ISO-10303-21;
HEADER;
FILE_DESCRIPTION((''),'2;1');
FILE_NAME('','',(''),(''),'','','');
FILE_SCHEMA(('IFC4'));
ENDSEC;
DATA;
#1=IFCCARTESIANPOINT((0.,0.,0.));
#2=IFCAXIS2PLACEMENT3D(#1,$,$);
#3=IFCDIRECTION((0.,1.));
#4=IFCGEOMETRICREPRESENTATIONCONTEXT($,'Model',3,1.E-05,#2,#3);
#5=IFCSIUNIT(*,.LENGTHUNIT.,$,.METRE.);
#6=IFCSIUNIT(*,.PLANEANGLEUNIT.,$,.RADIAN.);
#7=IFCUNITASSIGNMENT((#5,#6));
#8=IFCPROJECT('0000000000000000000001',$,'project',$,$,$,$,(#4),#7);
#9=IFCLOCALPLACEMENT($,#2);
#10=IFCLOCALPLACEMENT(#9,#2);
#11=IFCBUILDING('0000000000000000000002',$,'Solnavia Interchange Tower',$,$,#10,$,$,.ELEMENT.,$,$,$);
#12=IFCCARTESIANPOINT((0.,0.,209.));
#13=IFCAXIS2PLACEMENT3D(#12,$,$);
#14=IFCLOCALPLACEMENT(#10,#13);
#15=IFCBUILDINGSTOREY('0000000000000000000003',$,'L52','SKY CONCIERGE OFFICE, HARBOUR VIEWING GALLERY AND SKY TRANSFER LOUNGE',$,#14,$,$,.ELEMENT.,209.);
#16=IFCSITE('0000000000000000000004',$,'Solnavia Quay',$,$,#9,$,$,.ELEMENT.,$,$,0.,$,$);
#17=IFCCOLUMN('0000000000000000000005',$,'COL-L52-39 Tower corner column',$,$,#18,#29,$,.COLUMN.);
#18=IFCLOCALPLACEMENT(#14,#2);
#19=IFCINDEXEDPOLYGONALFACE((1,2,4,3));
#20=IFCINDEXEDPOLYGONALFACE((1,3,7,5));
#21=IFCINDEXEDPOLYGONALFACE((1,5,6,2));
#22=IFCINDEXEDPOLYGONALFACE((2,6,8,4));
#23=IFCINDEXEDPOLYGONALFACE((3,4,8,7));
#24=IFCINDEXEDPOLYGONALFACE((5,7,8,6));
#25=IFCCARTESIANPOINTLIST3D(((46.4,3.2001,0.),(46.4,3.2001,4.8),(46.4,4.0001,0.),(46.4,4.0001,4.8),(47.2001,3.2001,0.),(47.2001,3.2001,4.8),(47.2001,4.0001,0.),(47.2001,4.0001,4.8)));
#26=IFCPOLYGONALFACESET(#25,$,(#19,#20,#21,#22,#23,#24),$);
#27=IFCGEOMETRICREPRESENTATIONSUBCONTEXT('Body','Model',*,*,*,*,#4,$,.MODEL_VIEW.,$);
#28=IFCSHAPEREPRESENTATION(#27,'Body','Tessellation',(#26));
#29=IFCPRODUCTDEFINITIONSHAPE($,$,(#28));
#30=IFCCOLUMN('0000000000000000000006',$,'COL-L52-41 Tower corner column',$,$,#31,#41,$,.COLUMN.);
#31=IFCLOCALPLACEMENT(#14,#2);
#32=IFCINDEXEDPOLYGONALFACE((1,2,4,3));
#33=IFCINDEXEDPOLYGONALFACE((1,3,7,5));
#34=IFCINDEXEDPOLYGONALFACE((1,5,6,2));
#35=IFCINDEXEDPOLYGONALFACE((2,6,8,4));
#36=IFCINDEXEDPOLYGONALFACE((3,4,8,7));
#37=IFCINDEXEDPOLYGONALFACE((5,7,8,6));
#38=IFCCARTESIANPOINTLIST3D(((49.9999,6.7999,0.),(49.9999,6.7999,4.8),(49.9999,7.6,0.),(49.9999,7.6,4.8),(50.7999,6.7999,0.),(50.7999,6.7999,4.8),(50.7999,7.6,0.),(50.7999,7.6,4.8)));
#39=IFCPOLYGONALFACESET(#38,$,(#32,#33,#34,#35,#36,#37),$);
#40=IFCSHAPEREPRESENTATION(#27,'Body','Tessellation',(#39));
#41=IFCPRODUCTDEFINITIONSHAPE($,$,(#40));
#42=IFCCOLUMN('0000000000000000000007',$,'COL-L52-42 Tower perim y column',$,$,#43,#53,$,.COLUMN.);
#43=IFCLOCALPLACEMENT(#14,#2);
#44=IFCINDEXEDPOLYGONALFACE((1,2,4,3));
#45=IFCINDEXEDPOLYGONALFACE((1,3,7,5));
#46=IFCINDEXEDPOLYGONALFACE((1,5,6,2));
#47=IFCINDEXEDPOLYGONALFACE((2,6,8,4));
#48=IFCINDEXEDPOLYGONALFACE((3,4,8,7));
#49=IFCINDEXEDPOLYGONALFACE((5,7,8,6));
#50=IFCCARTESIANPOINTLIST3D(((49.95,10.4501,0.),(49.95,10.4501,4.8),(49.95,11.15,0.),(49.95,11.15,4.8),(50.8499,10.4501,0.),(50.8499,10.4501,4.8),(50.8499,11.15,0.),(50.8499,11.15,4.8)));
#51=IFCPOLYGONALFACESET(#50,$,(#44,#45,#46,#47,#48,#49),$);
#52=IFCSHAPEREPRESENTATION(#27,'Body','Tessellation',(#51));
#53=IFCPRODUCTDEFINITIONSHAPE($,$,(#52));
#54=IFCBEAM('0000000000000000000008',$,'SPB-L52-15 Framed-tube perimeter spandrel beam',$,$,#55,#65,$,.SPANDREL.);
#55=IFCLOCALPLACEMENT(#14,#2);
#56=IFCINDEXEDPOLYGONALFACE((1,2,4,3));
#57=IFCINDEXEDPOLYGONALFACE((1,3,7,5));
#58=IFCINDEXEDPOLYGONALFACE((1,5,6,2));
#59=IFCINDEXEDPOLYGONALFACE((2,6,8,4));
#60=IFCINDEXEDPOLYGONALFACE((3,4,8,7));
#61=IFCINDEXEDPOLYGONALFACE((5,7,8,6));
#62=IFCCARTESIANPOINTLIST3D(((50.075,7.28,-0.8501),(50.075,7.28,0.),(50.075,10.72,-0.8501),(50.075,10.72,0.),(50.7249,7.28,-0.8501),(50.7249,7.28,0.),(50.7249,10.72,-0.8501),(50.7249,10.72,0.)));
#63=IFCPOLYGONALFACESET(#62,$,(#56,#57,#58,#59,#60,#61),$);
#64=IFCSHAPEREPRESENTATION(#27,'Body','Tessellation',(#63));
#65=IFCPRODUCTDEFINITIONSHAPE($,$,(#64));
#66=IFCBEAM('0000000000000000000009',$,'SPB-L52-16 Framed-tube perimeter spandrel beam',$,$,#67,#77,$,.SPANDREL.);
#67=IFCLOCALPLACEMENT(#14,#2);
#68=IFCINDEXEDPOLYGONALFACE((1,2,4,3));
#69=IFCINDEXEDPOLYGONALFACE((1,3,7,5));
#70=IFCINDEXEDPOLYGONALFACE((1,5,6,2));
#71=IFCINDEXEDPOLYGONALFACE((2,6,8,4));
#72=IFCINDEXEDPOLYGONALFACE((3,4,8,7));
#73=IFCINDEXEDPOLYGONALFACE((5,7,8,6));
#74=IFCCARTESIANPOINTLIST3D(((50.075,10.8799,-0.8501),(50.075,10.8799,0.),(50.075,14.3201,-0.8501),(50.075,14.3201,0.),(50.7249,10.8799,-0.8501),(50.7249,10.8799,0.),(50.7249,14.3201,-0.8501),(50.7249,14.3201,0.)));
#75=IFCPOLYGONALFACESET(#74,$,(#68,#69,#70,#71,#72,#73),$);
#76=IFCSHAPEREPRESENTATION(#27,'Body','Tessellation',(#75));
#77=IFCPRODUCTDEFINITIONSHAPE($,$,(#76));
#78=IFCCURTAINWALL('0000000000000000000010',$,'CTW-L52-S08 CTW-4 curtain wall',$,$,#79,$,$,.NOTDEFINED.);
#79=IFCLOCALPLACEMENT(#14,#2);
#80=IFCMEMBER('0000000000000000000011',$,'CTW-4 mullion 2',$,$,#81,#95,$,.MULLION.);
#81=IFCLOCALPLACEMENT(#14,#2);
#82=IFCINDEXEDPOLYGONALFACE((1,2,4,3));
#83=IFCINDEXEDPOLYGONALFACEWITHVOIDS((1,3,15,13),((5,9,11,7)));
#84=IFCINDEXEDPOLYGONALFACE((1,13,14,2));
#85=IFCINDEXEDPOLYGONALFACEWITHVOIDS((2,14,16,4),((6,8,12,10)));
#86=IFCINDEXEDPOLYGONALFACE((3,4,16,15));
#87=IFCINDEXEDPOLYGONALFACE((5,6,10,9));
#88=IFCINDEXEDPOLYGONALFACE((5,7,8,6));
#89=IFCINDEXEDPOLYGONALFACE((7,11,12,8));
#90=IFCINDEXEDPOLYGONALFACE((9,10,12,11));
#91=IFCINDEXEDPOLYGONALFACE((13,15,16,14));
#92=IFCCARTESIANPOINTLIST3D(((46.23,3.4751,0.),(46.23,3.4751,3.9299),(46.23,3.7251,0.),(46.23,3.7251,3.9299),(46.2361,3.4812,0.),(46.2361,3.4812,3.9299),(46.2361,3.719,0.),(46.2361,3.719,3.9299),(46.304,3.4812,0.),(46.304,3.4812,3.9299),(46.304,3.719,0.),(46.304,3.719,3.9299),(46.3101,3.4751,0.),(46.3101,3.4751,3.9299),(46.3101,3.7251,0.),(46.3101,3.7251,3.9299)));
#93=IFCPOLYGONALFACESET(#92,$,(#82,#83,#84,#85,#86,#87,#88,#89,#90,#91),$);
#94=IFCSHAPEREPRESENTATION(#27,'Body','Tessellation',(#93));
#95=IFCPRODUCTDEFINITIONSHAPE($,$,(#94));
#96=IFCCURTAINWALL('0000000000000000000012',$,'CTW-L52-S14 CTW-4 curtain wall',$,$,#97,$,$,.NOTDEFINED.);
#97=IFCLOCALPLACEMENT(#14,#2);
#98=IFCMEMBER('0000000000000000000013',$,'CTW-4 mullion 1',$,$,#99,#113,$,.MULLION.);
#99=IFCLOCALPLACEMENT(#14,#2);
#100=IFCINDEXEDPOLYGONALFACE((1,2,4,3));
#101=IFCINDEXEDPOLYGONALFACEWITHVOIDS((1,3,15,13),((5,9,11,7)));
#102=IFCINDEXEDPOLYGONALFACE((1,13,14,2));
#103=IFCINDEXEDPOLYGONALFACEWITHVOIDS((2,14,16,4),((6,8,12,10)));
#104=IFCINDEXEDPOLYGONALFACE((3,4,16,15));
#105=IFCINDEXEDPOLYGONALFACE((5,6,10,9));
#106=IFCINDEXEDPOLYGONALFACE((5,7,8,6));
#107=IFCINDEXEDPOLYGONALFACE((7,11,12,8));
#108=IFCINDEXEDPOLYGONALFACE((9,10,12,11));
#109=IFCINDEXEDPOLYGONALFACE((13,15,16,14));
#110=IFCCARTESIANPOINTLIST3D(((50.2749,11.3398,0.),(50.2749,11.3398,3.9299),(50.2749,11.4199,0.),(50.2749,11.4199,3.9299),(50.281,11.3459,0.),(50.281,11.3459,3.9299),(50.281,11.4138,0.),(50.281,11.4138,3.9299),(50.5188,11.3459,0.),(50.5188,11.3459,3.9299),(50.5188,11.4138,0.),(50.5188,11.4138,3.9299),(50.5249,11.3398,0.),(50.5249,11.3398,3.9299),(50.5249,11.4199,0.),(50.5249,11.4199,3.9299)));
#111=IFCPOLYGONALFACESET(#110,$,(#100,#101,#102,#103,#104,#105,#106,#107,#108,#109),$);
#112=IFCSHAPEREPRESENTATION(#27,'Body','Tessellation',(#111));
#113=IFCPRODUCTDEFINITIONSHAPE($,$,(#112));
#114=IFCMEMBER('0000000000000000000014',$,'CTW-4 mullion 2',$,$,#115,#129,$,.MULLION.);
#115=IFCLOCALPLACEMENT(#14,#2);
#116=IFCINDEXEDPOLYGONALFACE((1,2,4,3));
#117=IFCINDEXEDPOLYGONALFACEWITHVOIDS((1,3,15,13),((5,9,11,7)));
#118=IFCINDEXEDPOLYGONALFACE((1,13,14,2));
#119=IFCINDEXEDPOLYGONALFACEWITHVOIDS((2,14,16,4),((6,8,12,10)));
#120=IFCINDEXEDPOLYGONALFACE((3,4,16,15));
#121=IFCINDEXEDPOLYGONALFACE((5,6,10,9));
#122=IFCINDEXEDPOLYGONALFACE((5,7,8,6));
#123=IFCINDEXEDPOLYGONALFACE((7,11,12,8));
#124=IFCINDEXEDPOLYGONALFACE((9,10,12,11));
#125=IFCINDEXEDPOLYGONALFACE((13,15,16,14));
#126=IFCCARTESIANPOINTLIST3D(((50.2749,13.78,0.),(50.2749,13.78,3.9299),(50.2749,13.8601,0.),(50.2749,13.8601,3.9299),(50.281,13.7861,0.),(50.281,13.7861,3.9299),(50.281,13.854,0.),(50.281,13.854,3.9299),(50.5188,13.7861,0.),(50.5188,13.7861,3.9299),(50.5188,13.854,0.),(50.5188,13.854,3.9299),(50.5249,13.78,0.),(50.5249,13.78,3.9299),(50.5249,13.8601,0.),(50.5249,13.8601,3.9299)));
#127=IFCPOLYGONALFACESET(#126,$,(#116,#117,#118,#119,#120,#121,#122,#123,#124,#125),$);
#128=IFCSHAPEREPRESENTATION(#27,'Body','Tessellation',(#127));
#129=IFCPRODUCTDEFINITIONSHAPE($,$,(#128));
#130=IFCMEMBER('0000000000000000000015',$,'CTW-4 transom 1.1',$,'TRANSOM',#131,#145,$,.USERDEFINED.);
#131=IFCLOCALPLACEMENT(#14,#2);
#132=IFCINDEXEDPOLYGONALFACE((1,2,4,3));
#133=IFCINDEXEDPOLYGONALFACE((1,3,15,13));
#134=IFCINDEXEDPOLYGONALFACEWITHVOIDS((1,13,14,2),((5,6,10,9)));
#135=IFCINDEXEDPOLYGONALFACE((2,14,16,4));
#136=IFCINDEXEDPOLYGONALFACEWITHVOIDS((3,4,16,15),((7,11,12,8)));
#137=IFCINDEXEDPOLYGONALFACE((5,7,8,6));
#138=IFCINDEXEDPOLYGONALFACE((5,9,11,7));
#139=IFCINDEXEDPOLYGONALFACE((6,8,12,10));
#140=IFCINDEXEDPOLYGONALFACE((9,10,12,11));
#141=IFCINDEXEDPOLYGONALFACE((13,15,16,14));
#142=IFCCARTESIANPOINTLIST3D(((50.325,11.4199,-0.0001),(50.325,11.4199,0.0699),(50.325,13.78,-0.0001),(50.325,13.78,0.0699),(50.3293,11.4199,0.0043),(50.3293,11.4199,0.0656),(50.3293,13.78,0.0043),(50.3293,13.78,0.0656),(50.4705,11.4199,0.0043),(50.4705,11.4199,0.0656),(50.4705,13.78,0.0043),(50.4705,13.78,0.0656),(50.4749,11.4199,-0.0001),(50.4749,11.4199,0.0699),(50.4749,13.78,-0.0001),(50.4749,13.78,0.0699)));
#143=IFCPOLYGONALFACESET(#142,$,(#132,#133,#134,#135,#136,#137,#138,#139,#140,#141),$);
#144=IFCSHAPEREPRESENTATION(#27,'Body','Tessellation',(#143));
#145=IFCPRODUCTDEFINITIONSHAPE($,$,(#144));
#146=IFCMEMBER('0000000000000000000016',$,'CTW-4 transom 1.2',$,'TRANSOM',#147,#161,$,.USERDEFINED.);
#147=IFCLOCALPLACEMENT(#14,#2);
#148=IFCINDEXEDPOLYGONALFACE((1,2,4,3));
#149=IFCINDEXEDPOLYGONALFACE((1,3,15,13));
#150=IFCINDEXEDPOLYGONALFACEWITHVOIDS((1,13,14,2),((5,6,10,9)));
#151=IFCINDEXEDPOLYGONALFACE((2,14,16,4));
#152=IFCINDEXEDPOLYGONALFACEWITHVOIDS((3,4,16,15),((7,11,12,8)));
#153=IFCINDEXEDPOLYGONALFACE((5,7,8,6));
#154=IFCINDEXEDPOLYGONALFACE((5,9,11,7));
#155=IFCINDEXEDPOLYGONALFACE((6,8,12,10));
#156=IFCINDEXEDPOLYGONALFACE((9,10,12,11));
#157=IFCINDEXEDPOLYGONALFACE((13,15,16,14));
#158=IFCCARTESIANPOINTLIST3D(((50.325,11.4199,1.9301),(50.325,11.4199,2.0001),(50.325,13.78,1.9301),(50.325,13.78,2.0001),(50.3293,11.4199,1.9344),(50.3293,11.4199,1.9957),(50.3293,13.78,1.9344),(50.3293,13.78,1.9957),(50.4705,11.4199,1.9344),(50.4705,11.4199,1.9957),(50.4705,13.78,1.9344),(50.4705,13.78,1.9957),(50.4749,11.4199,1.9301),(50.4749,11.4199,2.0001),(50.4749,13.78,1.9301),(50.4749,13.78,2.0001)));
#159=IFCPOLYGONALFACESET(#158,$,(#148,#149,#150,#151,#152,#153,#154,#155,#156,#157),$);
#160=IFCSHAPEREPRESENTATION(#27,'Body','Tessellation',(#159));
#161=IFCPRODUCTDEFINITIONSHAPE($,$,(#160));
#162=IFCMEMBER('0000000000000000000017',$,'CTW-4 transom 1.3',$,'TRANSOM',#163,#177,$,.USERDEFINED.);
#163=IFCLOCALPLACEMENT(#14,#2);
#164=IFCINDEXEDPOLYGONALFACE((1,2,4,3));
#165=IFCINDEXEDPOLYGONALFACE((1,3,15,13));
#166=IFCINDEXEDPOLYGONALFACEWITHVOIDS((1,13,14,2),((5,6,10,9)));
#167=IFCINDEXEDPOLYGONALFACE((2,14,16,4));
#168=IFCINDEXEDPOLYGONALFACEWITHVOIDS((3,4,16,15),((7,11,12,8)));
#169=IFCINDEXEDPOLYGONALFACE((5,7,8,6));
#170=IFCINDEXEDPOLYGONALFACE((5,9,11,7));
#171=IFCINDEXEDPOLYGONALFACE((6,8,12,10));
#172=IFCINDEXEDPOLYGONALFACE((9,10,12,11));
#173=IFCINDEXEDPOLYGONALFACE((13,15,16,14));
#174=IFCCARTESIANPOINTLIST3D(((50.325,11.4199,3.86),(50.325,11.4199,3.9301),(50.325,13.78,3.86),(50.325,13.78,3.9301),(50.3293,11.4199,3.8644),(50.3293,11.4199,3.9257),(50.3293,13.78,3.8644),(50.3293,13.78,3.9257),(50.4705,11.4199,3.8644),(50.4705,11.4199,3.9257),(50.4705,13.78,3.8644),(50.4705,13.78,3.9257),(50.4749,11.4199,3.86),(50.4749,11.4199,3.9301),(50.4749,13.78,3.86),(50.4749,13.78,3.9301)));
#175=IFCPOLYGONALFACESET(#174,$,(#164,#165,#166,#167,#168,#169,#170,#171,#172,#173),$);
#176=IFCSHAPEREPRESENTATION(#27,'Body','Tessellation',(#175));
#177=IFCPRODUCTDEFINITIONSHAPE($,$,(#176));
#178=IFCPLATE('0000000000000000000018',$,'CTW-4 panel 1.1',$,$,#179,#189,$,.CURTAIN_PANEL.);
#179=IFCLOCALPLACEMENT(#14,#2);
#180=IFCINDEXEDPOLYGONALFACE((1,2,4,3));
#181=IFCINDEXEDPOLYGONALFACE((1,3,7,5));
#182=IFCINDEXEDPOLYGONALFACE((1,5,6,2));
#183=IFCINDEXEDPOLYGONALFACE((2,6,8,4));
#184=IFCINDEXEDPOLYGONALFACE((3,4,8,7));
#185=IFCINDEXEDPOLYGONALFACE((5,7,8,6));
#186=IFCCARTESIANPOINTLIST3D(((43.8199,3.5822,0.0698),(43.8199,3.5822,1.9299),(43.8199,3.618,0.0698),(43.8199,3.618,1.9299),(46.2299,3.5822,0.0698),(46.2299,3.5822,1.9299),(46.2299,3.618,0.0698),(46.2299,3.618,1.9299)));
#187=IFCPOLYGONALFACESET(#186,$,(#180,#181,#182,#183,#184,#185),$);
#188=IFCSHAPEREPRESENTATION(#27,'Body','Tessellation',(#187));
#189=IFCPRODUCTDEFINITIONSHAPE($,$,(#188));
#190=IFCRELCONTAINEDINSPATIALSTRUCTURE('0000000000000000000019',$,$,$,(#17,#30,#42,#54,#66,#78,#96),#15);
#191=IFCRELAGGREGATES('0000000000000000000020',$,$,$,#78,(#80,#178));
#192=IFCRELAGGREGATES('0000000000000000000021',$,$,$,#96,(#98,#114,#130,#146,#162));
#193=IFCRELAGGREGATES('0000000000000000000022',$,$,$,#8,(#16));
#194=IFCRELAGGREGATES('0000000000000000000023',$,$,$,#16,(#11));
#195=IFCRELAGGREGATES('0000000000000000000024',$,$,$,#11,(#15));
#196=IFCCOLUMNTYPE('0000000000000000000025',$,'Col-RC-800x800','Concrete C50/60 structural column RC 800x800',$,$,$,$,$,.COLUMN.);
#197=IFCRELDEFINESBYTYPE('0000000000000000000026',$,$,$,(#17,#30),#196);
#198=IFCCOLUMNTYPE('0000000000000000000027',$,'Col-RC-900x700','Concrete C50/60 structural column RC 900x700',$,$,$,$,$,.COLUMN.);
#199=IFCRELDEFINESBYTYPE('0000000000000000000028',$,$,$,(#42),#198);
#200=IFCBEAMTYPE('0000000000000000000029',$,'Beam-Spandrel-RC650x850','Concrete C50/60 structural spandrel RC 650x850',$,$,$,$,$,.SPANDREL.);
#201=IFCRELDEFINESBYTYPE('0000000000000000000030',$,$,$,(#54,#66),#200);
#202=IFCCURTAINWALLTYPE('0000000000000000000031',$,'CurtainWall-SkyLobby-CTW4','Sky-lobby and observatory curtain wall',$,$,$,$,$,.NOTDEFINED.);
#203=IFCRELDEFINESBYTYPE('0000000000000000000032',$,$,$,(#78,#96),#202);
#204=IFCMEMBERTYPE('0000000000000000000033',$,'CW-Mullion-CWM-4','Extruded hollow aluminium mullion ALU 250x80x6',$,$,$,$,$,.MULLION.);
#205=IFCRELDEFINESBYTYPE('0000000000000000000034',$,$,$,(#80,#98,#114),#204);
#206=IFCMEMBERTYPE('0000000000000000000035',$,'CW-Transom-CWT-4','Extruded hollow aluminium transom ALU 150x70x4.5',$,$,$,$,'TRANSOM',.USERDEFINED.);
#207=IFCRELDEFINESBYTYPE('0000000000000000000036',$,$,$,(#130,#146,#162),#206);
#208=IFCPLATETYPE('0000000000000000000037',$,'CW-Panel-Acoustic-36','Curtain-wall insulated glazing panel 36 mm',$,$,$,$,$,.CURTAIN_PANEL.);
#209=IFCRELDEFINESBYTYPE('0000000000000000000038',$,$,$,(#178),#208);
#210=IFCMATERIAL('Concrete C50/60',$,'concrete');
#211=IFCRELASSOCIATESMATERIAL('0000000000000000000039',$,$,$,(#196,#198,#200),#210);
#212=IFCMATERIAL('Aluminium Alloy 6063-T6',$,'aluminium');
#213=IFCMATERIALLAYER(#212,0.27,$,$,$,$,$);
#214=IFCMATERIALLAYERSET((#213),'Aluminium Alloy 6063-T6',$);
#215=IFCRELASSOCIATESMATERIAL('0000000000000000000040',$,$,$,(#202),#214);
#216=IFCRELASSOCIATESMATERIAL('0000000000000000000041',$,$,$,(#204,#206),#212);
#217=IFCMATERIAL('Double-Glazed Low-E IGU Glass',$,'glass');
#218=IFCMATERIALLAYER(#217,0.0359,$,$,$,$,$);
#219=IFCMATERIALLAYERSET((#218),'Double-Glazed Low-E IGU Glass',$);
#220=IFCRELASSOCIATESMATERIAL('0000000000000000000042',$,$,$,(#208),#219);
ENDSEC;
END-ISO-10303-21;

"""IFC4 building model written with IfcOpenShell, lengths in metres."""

from ifc_helpers import new_model, si_unit, direction, frame, origin, origin_2d, place, context, subcontext, project, spatial, rectangle, hollow_rectangle, extrude, material, layer, layer_set, material_profile, profile_set, type_object, element, aggregate, save


model = new_model("IFC4")

# Units and contexts
model_context = context("Model", 3, precision=1e-05, world=origin(), true_north=direction((0.0, 1.0)))
body_context = subcontext(model_context, "Body", "Model", "MODEL_VIEW")
ifc_project = project(units=[si_unit("LENGTHUNIT", "METRE"), si_unit("PLANEANGLEUNIT", "RADIAN")], contexts=[model_context])

# Site, building, storey
site_placement = place(None, origin())
site = spatial("IfcSite", under=ifc_project, at=site_placement, Name="Solnavia Quay", CompositionType="ELEMENT", RefElevation=0.0)
building_placement = place(site_placement, origin())
building = spatial("IfcBuilding", under=site, at=building_placement, Name="Solnavia Interchange Tower", CompositionType="ELEMENT")
storey_placement = place(building_placement, frame((0.0, 0.0, 209.0)))
storey = spatial("IfcBuildingStorey", under=building, at=storey_placement, Name="L52", Description="SKY CONCIERGE OFFICE, HARBOUR VIEWING GALLERY AND SKY TRANSFER LOUNGE", CompositionType="ELEMENT", Elevation=209.0)

# Columns
ifc_material_1 = material(Name="Concrete C50/60", Category="concrete")
ifc_material_profile_1 = material_profile(ifc_material_1, rectangle(XDim=0.8, YDim=0.8, at=origin_2d()), Name="RC 800x800")
ifc_profile_set_1 = profile_set([ifc_material_profile_1], Name="Concrete C50/60")
column_type_1 = type_object("IfcColumnType", Name="Col-RC-800x800", Description="Concrete C50/60 structural column RC 800x800", PredefinedType="COLUMN", material=ifc_profile_set_1)
for number, where, z_axis, x_axis, name in (
    (1, (46.8, 3.6001, 0.0), (0.0, 0.0, 1.0), (1.0, 0.0, 0.0), "COL-L52-39 Tower corner column"),
    (2, (50.3999, 7.2, 0.0), (0.0, 0.0, 1.0), (1.0, 0.0, 0.0), "COL-L52-41 Tower corner column"),
):
    element("IfcColumn", number, at=place(storey_placement, frame(where, z_axis=z_axis, x_axis=x_axis)), inside=storey, type_object=column_type_1, Name=name, PredefinedType="COLUMN", context=body_context, shape_type="SweptSolid", body=[
        extrude(rectangle(XDim=0.8, YDim=0.8, at=origin_2d()), origin(), (0.0, 0.0, 1.0), 4.8),
    ])
ifc_material_profile_2 = material_profile(ifc_material_1, rectangle(XDim=0.7, YDim=0.8999, at=origin_2d()), Name="RC 900x700")
ifc_profile_set_2 = profile_set([ifc_material_profile_2], Name="Concrete C50/60")
column_type_2 = type_object("IfcColumnType", Name="Col-RC-900x700", Description="Concrete C50/60 structural column RC 900x700", PredefinedType="COLUMN", material=ifc_profile_set_2)
column_placement = place(storey_placement, frame((50.3999, 10.8, 0.0), z_axis=(0.0, 0.0, 1.0), x_axis=(0.0, 1.0, 0.0)))
element("IfcColumn", 3, at=column_placement, inside=storey, type_object=column_type_2, Name="COL-L52-42 Tower perim y column", PredefinedType="COLUMN", context=body_context, shape_type="SweptSolid", body=[
    extrude(rectangle(XDim=0.7, YDim=0.8999, at=origin_2d()), origin(), (0.0, 0.0, 1.0), 4.8),
])

# Beams
ifc_material_profile_3 = material_profile(ifc_material_1, rectangle(XDim=0.6499, YDim=0.8501, at=origin_2d()), Name="RC 650x850")
ifc_profile_set_3 = profile_set([ifc_material_profile_3], Name="Concrete C50/60")
beam_type = type_object("IfcBeamType", Name="Beam-Spandrel-RC650x850", Description="Concrete C50/60 structural spandrel RC 650x850", PredefinedType="SPANDREL", material=ifc_profile_set_3)
beam_1_placement = place(storey_placement, frame((50.3999, 7.28, -0.425), z_axis=(0.0, 1.0, 0.0), x_axis=(-1.0, 0.0, 0.0)))
element("IfcBeam", 4, at=beam_1_placement, inside=storey, type_object=beam_type, Name="SPB-L52-15 Framed-tube perimeter spandrel beam", PredefinedType="SPANDREL", context=body_context, shape_type="SweptSolid", body=[
    extrude(rectangle(XDim=0.6499, YDim=0.8501, at=origin_2d()), origin(), (0.0, 0.0, 1.0), 3.4399),
])
beam_2_placement = place(storey_placement, frame((50.3999, 10.8799, -0.425), z_axis=(0.0, 1.0, 0.0), x_axis=(-1.0, 0.0, 0.0)))
element("IfcBeam", 5, at=beam_2_placement, inside=storey, type_object=beam_type, Name="SPB-L52-16 Framed-tube perimeter spandrel beam", PredefinedType="SPANDREL", context=body_context, shape_type="SweptSolid", body=[
    extrude(rectangle(XDim=0.6499, YDim=0.8501, at=origin_2d()), origin(), (0.0, 0.0, 1.0), 3.4402),
])

# Curtain wall, member
ifc_material_2 = material(Name="Aluminium Alloy 6063-T6", Category="aluminium")
ifc_layer_1 = layer(ifc_material_2, 0.27)
ifc_layer_set_1 = layer_set([ifc_layer_1], Name="Aluminium Alloy 6063-T6")
curtain_wall_type = type_object("IfcCurtainWallType", Name="CurtainWall-SkyLobby-CTW4", Description="Sky-lobby and observatory curtain wall", PredefinedType="NOTDEFINED", material=ifc_layer_set_1)
curtain_wall_1_placement = place(storey_placement, origin())
curtain_wall_1 = element("IfcCurtainWall", 6, at=curtain_wall_1_placement, inside=storey, type_object=curtain_wall_type, Name="CTW-L52-S08 CTW-4 curtain wall", PredefinedType="NOTDEFINED")
ifc_material_profile_4 = material_profile(ifc_material_2, hollow_rectangle(XDim=0.0801, YDim=0.25, WallThickness=0.0061, at=origin_2d()), Name="ALU 250x80x6")
ifc_profile_set_4 = profile_set([ifc_material_profile_4], Name="Aluminium Alloy 6063-T6")
member_type_1 = type_object("IfcMemberType", Name="CW-Mullion-CWM-4", Description="Extruded hollow aluminium mullion ALU 250x80x6", PredefinedType="MULLION", material=ifc_profile_set_4)
member_1_placement = place(storey_placement, frame((46.27, 3.6001, 0.0), z_axis=(0.0, 0.0, 1.0), x_axis=(1.0, 0.0, 0.0)))
member_1 = element("IfcMember", 7, at=member_1_placement, type_object=member_type_1, Name="CTW-4 mullion 2", PredefinedType="MULLION", context=body_context, shape_type="SweptSolid", body=[
    extrude(hollow_rectangle(XDim=0.0801, YDim=0.25, WallThickness=0.0061, at=origin_2d()), origin(), (0.0, 0.0, 1.0), 3.9299),
])

# Curtain wall, members
curtain_wall_2_placement = place(storey_placement, origin())
curtain_wall_2 = element("IfcCurtainWall", 8, at=curtain_wall_2_placement, inside=storey, type_object=curtain_wall_type, Name="CTW-L52-S14 CTW-4 curtain wall", PredefinedType="NOTDEFINED")
member_2_placement = place(storey_placement, frame((50.3999, 11.3799, 0.0), z_axis=(0.0, 0.0, 1.0), x_axis=(0.0, 1.0, 0.0)))
member_2 = element("IfcMember", 9, at=member_2_placement, type_object=member_type_1, Name="CTW-4 mullion 1", PredefinedType="MULLION", context=body_context, shape_type="SweptSolid", body=[
    extrude(hollow_rectangle(XDim=0.0801, YDim=0.25, WallThickness=0.0061, at=origin_2d()), origin(), (0.0, 0.0, 1.0), 3.9299),
])
member_3_placement = place(storey_placement, frame((50.3999, 13.8201, 0.0), z_axis=(0.0, 0.0, 1.0), x_axis=(0.0, 1.0, 0.0)))
member_3 = element("IfcMember", 10, at=member_3_placement, type_object=member_type_1, Name="CTW-4 mullion 2", PredefinedType="MULLION", context=body_context, shape_type="SweptSolid", body=[
    extrude(hollow_rectangle(XDim=0.0801, YDim=0.25, WallThickness=0.0061, at=origin_2d()), origin(), (0.0, 0.0, 1.0), 3.9299),
])
ifc_material_profile_5 = material_profile(ifc_material_2, hollow_rectangle(XDim=0.0701, YDim=0.1499, WallThickness=0.0044, at=origin_2d()), Name="ALU 150x70x4.5")
ifc_profile_set_5 = profile_set([ifc_material_profile_5], Name="Aluminium Alloy 6063-T6")
member_type_2 = type_object("IfcMemberType", Name="CW-Transom-CWT-4", Description="Extruded hollow aluminium transom ALU 150x70x4.5", ElementType="TRANSOM", PredefinedType="USERDEFINED", material=ifc_profile_set_5)
member_4_placement = place(storey_placement, frame((50.3999, 11.4199, 0.0349), z_axis=(0.0, 1.0, 0.0), x_axis=(0.0, 0.0, 1.0)))
member_4 = element("IfcMember", 11, at=member_4_placement, type_object=member_type_2, Name="CTW-4 transom 1.1", ObjectType="TRANSOM", PredefinedType="USERDEFINED", context=body_context, shape_type="SweptSolid", body=[
    extrude(hollow_rectangle(XDim=0.0701, YDim=0.1499, WallThickness=0.0044, at=origin_2d()), origin(), (0.0, 0.0, 1.0), 2.3601),
])
member_5_placement = place(storey_placement, frame((50.3999, 11.4199, 1.9651), z_axis=(0.0, 1.0, 0.0), x_axis=(0.0, 0.0, 1.0)))
member_5 = element("IfcMember", 12, at=member_5_placement, type_object=member_type_2, Name="CTW-4 transom 1.2", ObjectType="TRANSOM", PredefinedType="USERDEFINED", context=body_context, shape_type="SweptSolid", body=[
    extrude(hollow_rectangle(XDim=0.0701, YDim=0.1499, WallThickness=0.0044, at=origin_2d()), origin(), (0.0, 0.0, 1.0), 2.3601),
])
member_6_placement = place(storey_placement, frame((50.3999, 11.4199, 3.895), z_axis=(0.0, 1.0, 0.0), x_axis=(0.0, 0.0, 1.0)))
member_6 = element("IfcMember", 13, at=member_6_placement, type_object=member_type_2, Name="CTW-4 transom 1.3", ObjectType="TRANSOM", PredefinedType="USERDEFINED", context=body_context, shape_type="SweptSolid", body=[
    extrude(hollow_rectangle(XDim=0.0701, YDim=0.1499, WallThickness=0.0044, at=origin_2d()), origin(), (0.0, 0.0, 1.0), 2.3601),
])

# Plate
ifc_material_3 = material(Name="Double-Glazed Low-E IGU Glass", Category="glass")
ifc_layer_2 = layer(ifc_material_3, 0.0359)
ifc_layer_set_2 = layer_set([ifc_layer_2], Name="Double-Glazed Low-E IGU Glass")
plate_type = type_object("IfcPlateType", Name="CW-Panel-Acoustic-36", Description="Curtain-wall insulated glazing panel 36 mm", PredefinedType="CURTAIN_PANEL", material=ifc_layer_set_2)
plate_1_placement = place(storey_placement, frame((45.0249, 3.6001, 0.0698), z_axis=(0.0, 0.0, 1.0), x_axis=(1.0, 0.0, 0.0)))
plate_1 = element("IfcPlate", 14, at=plate_1_placement, type_object=plate_type, Name="CTW-4 panel 1.1", PredefinedType="CURTAIN_PANEL", context=body_context, shape_type="SweptSolid", body=[
    extrude(rectangle(XDim=2.4099, YDim=0.0359, at=origin_2d()), origin(), (0.0, 0.0, 1.0), 1.8601),
])
aggregate(curtain_wall_1, [member_1, plate_1])
aggregate(curtain_wall_2, [member_2, member_3, member_4, member_5, member_6])

save(model, "model.ifc")
